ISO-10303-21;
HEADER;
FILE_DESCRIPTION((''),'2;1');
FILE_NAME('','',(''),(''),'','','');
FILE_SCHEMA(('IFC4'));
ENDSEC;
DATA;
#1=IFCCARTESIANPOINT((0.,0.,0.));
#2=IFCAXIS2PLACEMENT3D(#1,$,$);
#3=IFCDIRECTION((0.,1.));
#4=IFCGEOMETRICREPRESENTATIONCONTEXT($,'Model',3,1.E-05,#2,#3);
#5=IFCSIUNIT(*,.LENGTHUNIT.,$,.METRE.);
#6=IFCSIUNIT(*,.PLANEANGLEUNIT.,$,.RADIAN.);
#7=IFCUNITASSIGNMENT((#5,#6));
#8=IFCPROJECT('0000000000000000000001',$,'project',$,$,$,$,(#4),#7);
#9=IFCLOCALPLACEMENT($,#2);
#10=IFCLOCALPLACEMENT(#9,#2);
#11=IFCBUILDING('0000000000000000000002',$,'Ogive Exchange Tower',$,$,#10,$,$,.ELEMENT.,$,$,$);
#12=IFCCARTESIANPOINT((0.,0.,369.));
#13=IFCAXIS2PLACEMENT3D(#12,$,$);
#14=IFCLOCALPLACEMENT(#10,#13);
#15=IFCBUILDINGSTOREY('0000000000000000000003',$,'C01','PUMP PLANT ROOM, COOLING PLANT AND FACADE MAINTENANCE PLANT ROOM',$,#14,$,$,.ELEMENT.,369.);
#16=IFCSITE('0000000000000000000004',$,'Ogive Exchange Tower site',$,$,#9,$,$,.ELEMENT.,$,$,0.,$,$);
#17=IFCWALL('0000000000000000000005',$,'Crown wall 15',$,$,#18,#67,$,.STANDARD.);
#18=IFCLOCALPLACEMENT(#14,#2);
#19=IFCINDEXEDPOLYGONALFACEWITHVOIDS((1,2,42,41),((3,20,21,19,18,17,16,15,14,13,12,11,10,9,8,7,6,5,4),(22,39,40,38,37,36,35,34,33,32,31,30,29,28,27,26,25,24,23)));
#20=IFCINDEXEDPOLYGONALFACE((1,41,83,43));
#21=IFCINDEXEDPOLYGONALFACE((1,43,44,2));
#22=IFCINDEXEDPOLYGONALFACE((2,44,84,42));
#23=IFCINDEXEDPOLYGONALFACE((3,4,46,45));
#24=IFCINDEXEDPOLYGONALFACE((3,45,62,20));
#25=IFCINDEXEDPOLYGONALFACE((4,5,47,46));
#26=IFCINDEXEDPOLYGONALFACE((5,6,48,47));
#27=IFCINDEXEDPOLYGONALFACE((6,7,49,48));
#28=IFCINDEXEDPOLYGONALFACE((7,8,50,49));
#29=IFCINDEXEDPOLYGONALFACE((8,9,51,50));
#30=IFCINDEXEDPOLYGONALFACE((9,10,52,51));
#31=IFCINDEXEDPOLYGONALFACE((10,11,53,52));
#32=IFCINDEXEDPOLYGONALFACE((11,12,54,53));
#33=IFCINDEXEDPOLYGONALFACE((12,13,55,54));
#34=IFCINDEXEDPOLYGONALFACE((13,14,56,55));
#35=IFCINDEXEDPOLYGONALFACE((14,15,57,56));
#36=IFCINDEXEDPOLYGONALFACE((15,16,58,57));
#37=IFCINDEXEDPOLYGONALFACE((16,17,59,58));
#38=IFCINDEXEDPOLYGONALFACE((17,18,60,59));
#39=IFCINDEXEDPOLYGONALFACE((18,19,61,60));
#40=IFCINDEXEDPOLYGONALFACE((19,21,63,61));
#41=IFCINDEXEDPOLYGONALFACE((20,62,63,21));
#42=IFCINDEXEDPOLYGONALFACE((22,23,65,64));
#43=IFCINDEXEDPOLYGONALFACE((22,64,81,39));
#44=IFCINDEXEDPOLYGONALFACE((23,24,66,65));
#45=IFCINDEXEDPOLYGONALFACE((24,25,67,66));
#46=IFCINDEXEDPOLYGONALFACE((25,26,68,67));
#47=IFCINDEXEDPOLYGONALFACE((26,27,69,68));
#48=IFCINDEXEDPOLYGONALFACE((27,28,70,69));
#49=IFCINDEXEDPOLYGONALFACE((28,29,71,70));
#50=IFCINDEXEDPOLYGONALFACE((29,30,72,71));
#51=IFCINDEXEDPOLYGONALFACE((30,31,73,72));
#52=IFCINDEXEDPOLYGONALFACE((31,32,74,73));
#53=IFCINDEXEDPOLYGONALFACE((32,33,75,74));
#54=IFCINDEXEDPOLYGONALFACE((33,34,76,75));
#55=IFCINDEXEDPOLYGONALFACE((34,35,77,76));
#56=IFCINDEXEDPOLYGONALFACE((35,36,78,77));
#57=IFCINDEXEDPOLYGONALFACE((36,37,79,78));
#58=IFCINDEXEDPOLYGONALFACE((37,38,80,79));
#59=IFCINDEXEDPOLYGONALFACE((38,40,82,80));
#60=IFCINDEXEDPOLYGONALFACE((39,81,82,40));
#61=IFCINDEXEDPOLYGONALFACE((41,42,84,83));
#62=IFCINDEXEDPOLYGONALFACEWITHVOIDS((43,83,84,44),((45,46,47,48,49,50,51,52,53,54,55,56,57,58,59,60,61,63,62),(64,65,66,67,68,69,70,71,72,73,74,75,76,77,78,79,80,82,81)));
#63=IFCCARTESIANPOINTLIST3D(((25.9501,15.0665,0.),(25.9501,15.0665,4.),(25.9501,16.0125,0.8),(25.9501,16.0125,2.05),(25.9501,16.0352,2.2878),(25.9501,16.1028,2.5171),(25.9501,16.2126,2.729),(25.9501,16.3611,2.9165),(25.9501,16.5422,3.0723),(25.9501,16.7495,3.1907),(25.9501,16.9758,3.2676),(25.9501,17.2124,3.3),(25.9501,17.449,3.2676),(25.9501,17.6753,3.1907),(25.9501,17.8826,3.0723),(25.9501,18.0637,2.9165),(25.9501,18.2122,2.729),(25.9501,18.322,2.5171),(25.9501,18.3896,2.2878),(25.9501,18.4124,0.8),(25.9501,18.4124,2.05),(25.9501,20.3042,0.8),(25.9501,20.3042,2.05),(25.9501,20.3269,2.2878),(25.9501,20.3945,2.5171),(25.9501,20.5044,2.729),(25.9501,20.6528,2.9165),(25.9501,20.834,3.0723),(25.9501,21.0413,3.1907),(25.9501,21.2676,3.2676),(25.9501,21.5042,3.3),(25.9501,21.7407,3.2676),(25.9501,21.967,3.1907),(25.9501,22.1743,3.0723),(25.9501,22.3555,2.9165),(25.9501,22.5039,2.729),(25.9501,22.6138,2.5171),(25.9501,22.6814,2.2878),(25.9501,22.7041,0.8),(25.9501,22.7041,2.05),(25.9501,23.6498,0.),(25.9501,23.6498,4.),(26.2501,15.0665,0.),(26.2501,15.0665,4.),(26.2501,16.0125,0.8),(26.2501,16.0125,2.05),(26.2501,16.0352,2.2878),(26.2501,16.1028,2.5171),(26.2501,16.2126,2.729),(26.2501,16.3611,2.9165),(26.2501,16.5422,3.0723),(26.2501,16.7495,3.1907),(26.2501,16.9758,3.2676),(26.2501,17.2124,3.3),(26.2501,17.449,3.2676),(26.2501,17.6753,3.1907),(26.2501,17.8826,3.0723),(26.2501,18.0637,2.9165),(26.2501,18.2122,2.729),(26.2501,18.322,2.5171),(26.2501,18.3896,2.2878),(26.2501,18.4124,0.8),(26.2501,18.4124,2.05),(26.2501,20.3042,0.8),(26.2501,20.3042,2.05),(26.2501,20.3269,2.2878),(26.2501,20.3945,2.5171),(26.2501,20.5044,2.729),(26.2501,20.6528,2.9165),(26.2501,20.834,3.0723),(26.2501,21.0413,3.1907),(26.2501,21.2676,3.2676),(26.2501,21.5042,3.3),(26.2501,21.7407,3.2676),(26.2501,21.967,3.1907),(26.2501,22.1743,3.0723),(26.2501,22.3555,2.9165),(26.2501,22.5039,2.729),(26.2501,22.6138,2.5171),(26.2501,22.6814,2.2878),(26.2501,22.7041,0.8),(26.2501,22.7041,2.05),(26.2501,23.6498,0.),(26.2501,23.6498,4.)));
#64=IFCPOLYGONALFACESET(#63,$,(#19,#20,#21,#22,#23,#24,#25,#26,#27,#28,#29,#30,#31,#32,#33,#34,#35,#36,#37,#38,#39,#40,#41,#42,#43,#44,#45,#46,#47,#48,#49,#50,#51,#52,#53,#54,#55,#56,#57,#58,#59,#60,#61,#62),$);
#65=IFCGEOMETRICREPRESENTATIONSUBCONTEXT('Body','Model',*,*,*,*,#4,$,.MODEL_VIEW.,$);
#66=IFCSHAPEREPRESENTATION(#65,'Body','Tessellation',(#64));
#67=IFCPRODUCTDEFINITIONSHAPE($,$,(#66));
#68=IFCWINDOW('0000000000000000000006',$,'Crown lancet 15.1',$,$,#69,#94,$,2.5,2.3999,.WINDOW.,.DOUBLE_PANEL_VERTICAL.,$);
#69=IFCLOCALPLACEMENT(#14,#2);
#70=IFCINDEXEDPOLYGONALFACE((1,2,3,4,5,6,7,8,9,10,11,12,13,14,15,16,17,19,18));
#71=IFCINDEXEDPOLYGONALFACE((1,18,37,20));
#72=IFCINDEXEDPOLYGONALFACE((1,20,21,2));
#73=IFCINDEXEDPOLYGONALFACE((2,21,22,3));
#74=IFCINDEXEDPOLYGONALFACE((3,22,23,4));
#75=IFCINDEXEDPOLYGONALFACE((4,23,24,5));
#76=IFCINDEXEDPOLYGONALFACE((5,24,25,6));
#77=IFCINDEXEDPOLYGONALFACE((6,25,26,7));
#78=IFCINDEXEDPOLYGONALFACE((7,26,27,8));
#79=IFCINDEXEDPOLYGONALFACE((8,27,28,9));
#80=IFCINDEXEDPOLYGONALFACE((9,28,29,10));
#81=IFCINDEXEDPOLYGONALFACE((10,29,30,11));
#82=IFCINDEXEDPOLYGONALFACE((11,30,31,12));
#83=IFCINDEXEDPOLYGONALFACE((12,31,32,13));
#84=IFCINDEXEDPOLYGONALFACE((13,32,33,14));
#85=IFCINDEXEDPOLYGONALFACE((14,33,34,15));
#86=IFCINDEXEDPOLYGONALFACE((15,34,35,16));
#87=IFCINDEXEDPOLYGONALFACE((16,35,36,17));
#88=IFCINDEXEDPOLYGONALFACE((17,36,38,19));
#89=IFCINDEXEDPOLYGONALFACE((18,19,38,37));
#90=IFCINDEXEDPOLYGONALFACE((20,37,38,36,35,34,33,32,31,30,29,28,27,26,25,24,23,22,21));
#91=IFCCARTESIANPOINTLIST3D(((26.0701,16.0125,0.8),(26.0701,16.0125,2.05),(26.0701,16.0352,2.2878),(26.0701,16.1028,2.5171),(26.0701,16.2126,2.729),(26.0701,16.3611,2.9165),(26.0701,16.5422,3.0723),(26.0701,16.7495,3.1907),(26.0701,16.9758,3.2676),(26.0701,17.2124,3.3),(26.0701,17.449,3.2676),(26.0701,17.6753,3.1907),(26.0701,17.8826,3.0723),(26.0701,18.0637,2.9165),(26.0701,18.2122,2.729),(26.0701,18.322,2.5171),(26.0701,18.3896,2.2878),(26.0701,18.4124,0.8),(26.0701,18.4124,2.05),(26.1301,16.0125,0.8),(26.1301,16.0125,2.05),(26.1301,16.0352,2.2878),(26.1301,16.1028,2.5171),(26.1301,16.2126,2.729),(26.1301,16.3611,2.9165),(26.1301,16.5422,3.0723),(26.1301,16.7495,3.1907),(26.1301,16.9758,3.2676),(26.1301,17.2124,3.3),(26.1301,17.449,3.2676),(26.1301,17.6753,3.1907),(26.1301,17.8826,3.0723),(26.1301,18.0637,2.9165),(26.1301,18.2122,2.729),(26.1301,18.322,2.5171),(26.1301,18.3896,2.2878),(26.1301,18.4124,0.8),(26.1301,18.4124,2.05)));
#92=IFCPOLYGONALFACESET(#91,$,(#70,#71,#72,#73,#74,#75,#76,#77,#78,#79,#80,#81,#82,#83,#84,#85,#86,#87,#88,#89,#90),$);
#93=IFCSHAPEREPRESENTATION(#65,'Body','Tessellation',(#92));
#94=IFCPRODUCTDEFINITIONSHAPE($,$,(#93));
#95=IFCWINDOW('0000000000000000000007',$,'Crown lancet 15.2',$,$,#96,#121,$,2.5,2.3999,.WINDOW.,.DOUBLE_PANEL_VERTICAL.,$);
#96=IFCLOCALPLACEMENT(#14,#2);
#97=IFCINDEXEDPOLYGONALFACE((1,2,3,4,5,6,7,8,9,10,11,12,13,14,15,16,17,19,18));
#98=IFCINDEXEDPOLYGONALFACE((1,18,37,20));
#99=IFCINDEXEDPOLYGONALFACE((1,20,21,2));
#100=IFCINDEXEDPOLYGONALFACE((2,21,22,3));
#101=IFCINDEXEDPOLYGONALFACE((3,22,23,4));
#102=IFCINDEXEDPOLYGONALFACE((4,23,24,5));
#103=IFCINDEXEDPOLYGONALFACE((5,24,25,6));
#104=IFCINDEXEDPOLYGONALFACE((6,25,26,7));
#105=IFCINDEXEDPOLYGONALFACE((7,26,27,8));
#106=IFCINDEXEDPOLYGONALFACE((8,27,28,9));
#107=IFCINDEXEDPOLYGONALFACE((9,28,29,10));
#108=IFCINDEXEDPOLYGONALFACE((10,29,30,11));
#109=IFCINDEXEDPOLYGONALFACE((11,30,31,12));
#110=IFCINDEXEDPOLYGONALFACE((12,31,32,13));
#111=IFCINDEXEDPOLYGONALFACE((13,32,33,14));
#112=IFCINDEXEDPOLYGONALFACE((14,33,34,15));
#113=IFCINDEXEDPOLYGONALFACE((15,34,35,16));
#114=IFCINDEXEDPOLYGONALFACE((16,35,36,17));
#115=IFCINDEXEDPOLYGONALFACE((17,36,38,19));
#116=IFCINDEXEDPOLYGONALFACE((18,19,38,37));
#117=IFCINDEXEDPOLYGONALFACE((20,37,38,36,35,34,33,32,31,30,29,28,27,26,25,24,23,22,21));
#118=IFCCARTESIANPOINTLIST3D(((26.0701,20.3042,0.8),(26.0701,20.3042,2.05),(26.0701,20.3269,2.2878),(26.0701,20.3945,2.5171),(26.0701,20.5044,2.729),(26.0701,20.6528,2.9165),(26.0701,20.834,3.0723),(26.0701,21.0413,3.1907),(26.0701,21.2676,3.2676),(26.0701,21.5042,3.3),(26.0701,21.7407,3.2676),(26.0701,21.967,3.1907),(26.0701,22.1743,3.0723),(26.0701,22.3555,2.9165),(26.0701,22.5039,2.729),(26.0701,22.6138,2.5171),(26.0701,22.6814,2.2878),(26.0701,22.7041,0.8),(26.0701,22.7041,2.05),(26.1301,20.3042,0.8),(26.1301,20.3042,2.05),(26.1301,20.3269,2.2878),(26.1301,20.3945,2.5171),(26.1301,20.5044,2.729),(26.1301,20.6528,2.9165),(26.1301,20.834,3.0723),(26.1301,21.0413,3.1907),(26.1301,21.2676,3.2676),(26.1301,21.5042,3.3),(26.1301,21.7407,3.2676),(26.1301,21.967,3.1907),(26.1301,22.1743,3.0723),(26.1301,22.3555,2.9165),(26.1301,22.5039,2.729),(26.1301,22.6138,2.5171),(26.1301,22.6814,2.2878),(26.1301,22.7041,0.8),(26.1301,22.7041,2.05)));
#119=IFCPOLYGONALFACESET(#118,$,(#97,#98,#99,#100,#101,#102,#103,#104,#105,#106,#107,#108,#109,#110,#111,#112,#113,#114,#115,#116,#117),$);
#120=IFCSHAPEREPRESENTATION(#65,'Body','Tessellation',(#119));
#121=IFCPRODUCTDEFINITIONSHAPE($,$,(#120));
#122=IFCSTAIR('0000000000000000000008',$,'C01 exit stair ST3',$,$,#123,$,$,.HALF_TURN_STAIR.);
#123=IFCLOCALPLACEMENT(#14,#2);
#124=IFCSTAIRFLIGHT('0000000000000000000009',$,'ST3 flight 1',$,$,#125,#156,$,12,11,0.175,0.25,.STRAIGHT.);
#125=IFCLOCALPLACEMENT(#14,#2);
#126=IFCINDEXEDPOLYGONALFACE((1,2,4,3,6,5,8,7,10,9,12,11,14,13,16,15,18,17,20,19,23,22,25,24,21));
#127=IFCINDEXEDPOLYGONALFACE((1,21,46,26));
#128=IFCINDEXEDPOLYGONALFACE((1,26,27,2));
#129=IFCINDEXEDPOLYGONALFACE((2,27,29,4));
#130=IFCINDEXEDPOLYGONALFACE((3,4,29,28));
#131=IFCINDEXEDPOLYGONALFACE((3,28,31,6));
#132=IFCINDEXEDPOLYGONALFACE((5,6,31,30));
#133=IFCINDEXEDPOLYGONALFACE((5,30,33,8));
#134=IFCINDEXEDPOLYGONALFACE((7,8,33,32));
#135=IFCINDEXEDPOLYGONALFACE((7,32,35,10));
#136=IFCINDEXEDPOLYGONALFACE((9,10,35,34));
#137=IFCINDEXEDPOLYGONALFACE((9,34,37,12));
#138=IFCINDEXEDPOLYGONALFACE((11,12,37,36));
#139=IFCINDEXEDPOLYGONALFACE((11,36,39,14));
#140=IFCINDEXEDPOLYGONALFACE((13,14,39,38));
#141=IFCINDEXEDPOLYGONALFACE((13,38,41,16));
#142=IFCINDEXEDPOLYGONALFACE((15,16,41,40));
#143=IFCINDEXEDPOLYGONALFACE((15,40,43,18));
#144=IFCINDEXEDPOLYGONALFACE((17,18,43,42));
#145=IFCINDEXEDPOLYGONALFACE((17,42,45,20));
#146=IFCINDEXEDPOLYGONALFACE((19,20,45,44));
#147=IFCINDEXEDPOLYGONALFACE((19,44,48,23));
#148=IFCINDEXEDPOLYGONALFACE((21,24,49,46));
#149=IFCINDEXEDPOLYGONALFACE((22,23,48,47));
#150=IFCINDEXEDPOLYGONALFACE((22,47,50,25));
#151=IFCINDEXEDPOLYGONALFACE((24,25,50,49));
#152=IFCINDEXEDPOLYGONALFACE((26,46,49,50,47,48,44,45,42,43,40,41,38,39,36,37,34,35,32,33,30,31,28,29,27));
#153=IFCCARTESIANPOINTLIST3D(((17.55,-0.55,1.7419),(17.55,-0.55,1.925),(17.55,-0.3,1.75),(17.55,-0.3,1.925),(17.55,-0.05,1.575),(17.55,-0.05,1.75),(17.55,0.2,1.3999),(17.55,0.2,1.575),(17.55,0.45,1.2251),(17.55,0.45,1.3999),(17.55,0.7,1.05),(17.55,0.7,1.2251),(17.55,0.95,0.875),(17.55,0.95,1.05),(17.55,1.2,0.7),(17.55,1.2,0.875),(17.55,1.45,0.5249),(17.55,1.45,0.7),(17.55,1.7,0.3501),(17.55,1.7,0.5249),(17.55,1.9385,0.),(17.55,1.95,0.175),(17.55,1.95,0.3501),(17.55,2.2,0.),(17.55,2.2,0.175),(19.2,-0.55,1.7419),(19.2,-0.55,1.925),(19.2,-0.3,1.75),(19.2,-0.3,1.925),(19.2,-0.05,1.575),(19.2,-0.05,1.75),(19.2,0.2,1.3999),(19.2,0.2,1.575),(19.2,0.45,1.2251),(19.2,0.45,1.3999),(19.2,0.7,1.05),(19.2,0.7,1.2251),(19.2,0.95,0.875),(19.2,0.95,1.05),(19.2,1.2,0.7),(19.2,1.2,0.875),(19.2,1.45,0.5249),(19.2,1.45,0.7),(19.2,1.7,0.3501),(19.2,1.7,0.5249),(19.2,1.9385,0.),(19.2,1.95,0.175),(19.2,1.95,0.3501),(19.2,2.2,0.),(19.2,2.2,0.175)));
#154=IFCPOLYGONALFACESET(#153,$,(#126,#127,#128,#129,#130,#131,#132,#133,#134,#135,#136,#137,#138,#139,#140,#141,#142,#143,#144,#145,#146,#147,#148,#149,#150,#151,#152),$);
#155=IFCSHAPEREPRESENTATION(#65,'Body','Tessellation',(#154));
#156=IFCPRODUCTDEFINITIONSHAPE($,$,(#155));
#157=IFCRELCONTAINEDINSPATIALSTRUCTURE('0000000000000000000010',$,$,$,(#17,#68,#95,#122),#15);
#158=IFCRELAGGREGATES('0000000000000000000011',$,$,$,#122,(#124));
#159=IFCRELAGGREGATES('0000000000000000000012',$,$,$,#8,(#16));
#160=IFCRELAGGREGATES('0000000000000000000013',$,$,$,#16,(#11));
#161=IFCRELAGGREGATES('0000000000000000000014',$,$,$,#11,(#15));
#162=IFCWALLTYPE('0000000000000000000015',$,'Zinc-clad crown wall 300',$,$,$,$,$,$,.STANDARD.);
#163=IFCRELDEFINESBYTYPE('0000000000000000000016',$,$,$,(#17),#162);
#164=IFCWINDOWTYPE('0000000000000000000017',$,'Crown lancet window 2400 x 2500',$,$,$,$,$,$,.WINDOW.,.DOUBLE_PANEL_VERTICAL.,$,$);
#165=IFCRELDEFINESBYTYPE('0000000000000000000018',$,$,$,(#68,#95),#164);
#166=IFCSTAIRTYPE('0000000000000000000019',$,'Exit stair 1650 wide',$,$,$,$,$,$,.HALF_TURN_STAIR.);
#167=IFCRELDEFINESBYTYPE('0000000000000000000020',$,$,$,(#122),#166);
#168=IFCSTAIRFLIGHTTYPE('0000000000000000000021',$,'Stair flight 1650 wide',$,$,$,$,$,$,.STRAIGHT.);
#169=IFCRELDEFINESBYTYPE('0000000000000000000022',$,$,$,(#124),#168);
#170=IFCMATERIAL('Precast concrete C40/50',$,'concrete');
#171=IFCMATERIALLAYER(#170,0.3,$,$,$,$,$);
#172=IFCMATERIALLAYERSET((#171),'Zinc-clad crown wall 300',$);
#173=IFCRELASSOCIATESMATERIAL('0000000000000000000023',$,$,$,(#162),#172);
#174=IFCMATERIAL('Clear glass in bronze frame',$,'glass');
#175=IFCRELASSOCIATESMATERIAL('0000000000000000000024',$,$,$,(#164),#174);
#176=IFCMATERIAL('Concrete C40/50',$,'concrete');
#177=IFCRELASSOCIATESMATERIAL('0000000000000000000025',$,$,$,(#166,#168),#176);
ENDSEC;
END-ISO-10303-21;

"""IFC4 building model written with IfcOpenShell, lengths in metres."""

from ifc_helpers import new_model, si_unit, direction, frame, frame_2d, origin, place, context, subcontext, project, spatial, polyline, rectangle, outline, extrude, material, layer, layer_set, type_object, element, fill, aggregate, save


model = new_model("IFC4")

# Units and contexts
model_context = context("Model", 3, precision=1e-05, world=origin(), true_north=direction((0.0, 1.0)))
body_context = subcontext(model_context, "Body", "Model", "MODEL_VIEW")
ifc_project = project(units=[si_unit("LENGTHUNIT", "METRE"), si_unit("PLANEANGLEUNIT", "RADIAN")], contexts=[model_context])

# Site, building, storey
site_placement = place(None, origin())
site = spatial("IfcSite", under=ifc_project, at=site_placement, Name="Ogive Exchange Tower site", CompositionType="ELEMENT", RefElevation=0.0)
building_placement = place(site_placement, origin())
building = spatial("IfcBuilding", under=site, at=building_placement, Name="Ogive Exchange Tower", CompositionType="ELEMENT")
storey_placement = place(building_placement, frame((0.0, 0.0, 369.0)))
storey = spatial("IfcBuildingStorey", under=building, at=storey_placement, Name="C01", Description="PUMP PLANT ROOM, COOLING PLANT AND FACADE MAINTENANCE PLANT ROOM", CompositionType="ELEMENT", Elevation=369.0)

# Wall, openings, windows
ifc_material_1 = material(Name="Precast concrete C40/50", Category="concrete")
ifc_layer_1 = layer(ifc_material_1, 0.3)
ifc_layer_set_1 = layer_set([ifc_layer_1], Name="Zinc-clad crown wall 300")
wall_type_1 = type_object("IfcWallType", Name="Zinc-clad crown wall 300", PredefinedType="STANDARD", material=ifc_layer_set_1)
ifc_material_2 = material(Name="Clear glass in bronze frame", Category="glass")
window_type = type_object("IfcWindowType", Name="Crown lancet window 2400 x 2500", PartitioningType="DOUBLE_PANEL_VERTICAL", PredefinedType="WINDOW", material=ifc_material_2)
wall_1_placement = place(storey_placement, frame((26.1001, 15.0667, 0.0), z_axis=(0.0, 0.0, 1.0), x_axis=(0.0, 1.0, 0.0)))
wall_1 = element("IfcWall", 1, at=wall_1_placement, inside=storey, type_object=wall_type_1, Name="Crown wall 15", PredefinedType="STANDARD", context=body_context, shape_type="SweptSolid", body=[
    extrude(rectangle(XDim=8.5833, YDim=0.3, at=frame_2d((4.2915, 0.0))), origin(), (0.0, 0.0, 1.0), 4.0),
])
opening_1_placement = place(wall_1_placement, frame((0.9458, 0.0, 0.8)))
opening_1 = element("IfcOpeningElement", 2, at=opening_1_placement, cuts=wall_1, PredefinedType="OPENING", context=body_context, shape_type="SweptSolid", body=[
    extrude(outline(polyline([(0.0, 0.0), (2.3999, 0.0), (2.3999, 1.25), (2.3772, 1.4878), (2.3096, 1.717), (2.1997, 1.929), (2.0513, 2.1165), (1.8701, 2.2722), (1.6628, 2.3906), (1.4365, 2.4675), (1.2, 2.5), (0.9634, 2.4675), (0.7371, 2.3906), (0.5298, 2.2722), (0.3486, 2.1165), (0.2002, 1.929), (0.0903, 1.717), (0.0227, 1.4878), (0.0, 1.25), (0.0, 0.0)])), frame((0.0, 0.1599, 0.0), z_axis=(0.0, -1.0, 0.0), x_axis=(1.0, 0.0, 0.0)), (0.0, 0.0, 1.0), 0.3201),
])
opening_2_placement = place(wall_1_placement, frame((5.2375, 0.0, 0.8)))
opening_2 = element("IfcOpeningElement", 3, at=opening_2_placement, cuts=wall_1, PredefinedType="OPENING", context=body_context, shape_type="SweptSolid", body=[
    extrude(outline(polyline([(0.0, 0.0), (2.3999, 0.0), (2.3999, 1.25), (2.3772, 1.4878), (2.3096, 1.717), (2.1997, 1.929), (2.0513, 2.1165), (1.8701, 2.2722), (1.6628, 2.3906), (1.4365, 2.4675), (1.2, 2.5), (0.9634, 2.4675), (0.7371, 2.3906), (0.5298, 2.2722), (0.3486, 2.1165), (0.2002, 1.929), (0.0903, 1.717), (0.0227, 1.4878), (0.0, 1.25), (0.0, 0.0)])), frame((0.0, 0.1599, 0.0), z_axis=(0.0, -1.0, 0.0), x_axis=(1.0, 0.0, 0.0)), (0.0, 0.0, 1.0), 0.3201),
])
window_1_placement = place(opening_1_placement, origin())
window_1 = element("IfcWindow", 4, at=window_1_placement, inside=storey, type_object=window_type, Name="Crown lancet 15.1", OverallHeight=2.5, OverallWidth=2.3999, PartitioningType="DOUBLE_PANEL_VERTICAL", PredefinedType="WINDOW", context=body_context, shape_type="SweptSolid", body=[
    extrude(outline(polyline([(0.0, 0.0), (2.3999, 0.0), (2.3999, 1.25), (2.3772, 1.4878), (2.3096, 1.717), (2.1997, 1.929), (2.0513, 2.1165), (1.8701, 2.2722), (1.6628, 2.3906), (1.4365, 2.4675), (1.2, 2.5), (0.9634, 2.4675), (0.7371, 2.3906), (0.5298, 2.2722), (0.3486, 2.1165), (0.2002, 1.929), (0.0903, 1.717), (0.0227, 1.4878), (0.0, 1.25), (0.0, 0.0)])), frame((0.0, 0.03, 0.0), z_axis=(0.0, -1.0, 0.0), x_axis=(1.0, 0.0, 0.0)), (0.0, 0.0, 1.0), 0.0601),
])
fill(opening_1, window_1)
window_2_placement = place(opening_2_placement, origin())
window_2 = element("IfcWindow", 5, at=window_2_placement, inside=storey, type_object=window_type, Name="Crown lancet 15.2", OverallHeight=2.5, OverallWidth=2.3999, PartitioningType="DOUBLE_PANEL_VERTICAL", PredefinedType="WINDOW", context=body_context, shape_type="SweptSolid", body=[
    extrude(outline(polyline([(0.0, 0.0), (2.3999, 0.0), (2.3999, 1.25), (2.3772, 1.4878), (2.3096, 1.717), (2.1997, 1.929), (2.0513, 2.1165), (1.8701, 2.2722), (1.6628, 2.3906), (1.4365, 2.4675), (1.2, 2.5), (0.9634, 2.4675), (0.7371, 2.3906), (0.5298, 2.2722), (0.3486, 2.1165), (0.2002, 1.929), (0.0903, 1.717), (0.0227, 1.4878), (0.0, 1.25), (0.0, 0.0)])), frame((0.0, 0.03, 0.0), z_axis=(0.0, -1.0, 0.0), x_axis=(1.0, 0.0, 0.0)), (0.0, 0.0, 1.0), 0.0601),
])
fill(opening_2, window_2)

# Stair, stair flight
ifc_material_3 = material(Name="Concrete C40/50", Category="concrete")
stair_type = type_object("IfcStairType", Name="Exit stair 1650 wide", PredefinedType="HALF_TURN_STAIR", material=ifc_material_3)
stair_placement = place(storey_placement, origin())
stair = element("IfcStair", 6, at=stair_placement, inside=storey, type_object=stair_type, Name="C01 exit stair ST3", PredefinedType="HALF_TURN_STAIR")
stair_flight_type = type_object("IfcStairFlightType", Name="Stair flight 1650 wide", PredefinedType="STRAIGHT", material=ifc_material_3)
stair_flight_placement = place(storey_placement, frame((18.375, 2.2, 0.0), z_axis=(0.0, 0.0, 1.0), x_axis=(0.0, -1.0, 0.0)))
stair_flight = element("IfcStairFlight", 7, at=stair_flight_placement, type_object=stair_flight_type, Name="ST3 flight 1", NumberOfRisers=12, NumberOfTreads=11, PredefinedType="STRAIGHT", RiserHeight=0.175, TreadLength=0.25, context=body_context, shape_type="SweptSolid", body=[
    extrude(outline(polyline([(0.0, 0.0), (0.0, 0.175), (0.25, 0.175), (0.25, 0.3501), (0.5, 0.3501), (0.5, 0.5249), (0.75, 0.5249), (0.75, 0.7), (1.0, 0.7), (1.0, 0.875), (1.25, 0.875), (1.25, 1.05), (1.5, 1.05), (1.5, 1.2251), (1.75, 1.2251), (1.75, 1.3999), (2.0, 1.3999), (2.0, 1.575), (2.25, 1.575), (2.25, 1.75), (2.5, 1.75), (2.5, 1.925), (2.75, 1.925), (2.75, 2.1001), (2.75, 1.7419), (0.2615, 0.0), (0.0, 0.0)])), frame((0.0, 0.825, 0.0), z_axis=(0.0, -1.0, 0.0), x_axis=(1.0, 0.0, 0.0)), (0.0, 0.0, 1.0), 1.6499),
])
aggregate(stair, [stair_flight])

save(model, "model.ifc")
